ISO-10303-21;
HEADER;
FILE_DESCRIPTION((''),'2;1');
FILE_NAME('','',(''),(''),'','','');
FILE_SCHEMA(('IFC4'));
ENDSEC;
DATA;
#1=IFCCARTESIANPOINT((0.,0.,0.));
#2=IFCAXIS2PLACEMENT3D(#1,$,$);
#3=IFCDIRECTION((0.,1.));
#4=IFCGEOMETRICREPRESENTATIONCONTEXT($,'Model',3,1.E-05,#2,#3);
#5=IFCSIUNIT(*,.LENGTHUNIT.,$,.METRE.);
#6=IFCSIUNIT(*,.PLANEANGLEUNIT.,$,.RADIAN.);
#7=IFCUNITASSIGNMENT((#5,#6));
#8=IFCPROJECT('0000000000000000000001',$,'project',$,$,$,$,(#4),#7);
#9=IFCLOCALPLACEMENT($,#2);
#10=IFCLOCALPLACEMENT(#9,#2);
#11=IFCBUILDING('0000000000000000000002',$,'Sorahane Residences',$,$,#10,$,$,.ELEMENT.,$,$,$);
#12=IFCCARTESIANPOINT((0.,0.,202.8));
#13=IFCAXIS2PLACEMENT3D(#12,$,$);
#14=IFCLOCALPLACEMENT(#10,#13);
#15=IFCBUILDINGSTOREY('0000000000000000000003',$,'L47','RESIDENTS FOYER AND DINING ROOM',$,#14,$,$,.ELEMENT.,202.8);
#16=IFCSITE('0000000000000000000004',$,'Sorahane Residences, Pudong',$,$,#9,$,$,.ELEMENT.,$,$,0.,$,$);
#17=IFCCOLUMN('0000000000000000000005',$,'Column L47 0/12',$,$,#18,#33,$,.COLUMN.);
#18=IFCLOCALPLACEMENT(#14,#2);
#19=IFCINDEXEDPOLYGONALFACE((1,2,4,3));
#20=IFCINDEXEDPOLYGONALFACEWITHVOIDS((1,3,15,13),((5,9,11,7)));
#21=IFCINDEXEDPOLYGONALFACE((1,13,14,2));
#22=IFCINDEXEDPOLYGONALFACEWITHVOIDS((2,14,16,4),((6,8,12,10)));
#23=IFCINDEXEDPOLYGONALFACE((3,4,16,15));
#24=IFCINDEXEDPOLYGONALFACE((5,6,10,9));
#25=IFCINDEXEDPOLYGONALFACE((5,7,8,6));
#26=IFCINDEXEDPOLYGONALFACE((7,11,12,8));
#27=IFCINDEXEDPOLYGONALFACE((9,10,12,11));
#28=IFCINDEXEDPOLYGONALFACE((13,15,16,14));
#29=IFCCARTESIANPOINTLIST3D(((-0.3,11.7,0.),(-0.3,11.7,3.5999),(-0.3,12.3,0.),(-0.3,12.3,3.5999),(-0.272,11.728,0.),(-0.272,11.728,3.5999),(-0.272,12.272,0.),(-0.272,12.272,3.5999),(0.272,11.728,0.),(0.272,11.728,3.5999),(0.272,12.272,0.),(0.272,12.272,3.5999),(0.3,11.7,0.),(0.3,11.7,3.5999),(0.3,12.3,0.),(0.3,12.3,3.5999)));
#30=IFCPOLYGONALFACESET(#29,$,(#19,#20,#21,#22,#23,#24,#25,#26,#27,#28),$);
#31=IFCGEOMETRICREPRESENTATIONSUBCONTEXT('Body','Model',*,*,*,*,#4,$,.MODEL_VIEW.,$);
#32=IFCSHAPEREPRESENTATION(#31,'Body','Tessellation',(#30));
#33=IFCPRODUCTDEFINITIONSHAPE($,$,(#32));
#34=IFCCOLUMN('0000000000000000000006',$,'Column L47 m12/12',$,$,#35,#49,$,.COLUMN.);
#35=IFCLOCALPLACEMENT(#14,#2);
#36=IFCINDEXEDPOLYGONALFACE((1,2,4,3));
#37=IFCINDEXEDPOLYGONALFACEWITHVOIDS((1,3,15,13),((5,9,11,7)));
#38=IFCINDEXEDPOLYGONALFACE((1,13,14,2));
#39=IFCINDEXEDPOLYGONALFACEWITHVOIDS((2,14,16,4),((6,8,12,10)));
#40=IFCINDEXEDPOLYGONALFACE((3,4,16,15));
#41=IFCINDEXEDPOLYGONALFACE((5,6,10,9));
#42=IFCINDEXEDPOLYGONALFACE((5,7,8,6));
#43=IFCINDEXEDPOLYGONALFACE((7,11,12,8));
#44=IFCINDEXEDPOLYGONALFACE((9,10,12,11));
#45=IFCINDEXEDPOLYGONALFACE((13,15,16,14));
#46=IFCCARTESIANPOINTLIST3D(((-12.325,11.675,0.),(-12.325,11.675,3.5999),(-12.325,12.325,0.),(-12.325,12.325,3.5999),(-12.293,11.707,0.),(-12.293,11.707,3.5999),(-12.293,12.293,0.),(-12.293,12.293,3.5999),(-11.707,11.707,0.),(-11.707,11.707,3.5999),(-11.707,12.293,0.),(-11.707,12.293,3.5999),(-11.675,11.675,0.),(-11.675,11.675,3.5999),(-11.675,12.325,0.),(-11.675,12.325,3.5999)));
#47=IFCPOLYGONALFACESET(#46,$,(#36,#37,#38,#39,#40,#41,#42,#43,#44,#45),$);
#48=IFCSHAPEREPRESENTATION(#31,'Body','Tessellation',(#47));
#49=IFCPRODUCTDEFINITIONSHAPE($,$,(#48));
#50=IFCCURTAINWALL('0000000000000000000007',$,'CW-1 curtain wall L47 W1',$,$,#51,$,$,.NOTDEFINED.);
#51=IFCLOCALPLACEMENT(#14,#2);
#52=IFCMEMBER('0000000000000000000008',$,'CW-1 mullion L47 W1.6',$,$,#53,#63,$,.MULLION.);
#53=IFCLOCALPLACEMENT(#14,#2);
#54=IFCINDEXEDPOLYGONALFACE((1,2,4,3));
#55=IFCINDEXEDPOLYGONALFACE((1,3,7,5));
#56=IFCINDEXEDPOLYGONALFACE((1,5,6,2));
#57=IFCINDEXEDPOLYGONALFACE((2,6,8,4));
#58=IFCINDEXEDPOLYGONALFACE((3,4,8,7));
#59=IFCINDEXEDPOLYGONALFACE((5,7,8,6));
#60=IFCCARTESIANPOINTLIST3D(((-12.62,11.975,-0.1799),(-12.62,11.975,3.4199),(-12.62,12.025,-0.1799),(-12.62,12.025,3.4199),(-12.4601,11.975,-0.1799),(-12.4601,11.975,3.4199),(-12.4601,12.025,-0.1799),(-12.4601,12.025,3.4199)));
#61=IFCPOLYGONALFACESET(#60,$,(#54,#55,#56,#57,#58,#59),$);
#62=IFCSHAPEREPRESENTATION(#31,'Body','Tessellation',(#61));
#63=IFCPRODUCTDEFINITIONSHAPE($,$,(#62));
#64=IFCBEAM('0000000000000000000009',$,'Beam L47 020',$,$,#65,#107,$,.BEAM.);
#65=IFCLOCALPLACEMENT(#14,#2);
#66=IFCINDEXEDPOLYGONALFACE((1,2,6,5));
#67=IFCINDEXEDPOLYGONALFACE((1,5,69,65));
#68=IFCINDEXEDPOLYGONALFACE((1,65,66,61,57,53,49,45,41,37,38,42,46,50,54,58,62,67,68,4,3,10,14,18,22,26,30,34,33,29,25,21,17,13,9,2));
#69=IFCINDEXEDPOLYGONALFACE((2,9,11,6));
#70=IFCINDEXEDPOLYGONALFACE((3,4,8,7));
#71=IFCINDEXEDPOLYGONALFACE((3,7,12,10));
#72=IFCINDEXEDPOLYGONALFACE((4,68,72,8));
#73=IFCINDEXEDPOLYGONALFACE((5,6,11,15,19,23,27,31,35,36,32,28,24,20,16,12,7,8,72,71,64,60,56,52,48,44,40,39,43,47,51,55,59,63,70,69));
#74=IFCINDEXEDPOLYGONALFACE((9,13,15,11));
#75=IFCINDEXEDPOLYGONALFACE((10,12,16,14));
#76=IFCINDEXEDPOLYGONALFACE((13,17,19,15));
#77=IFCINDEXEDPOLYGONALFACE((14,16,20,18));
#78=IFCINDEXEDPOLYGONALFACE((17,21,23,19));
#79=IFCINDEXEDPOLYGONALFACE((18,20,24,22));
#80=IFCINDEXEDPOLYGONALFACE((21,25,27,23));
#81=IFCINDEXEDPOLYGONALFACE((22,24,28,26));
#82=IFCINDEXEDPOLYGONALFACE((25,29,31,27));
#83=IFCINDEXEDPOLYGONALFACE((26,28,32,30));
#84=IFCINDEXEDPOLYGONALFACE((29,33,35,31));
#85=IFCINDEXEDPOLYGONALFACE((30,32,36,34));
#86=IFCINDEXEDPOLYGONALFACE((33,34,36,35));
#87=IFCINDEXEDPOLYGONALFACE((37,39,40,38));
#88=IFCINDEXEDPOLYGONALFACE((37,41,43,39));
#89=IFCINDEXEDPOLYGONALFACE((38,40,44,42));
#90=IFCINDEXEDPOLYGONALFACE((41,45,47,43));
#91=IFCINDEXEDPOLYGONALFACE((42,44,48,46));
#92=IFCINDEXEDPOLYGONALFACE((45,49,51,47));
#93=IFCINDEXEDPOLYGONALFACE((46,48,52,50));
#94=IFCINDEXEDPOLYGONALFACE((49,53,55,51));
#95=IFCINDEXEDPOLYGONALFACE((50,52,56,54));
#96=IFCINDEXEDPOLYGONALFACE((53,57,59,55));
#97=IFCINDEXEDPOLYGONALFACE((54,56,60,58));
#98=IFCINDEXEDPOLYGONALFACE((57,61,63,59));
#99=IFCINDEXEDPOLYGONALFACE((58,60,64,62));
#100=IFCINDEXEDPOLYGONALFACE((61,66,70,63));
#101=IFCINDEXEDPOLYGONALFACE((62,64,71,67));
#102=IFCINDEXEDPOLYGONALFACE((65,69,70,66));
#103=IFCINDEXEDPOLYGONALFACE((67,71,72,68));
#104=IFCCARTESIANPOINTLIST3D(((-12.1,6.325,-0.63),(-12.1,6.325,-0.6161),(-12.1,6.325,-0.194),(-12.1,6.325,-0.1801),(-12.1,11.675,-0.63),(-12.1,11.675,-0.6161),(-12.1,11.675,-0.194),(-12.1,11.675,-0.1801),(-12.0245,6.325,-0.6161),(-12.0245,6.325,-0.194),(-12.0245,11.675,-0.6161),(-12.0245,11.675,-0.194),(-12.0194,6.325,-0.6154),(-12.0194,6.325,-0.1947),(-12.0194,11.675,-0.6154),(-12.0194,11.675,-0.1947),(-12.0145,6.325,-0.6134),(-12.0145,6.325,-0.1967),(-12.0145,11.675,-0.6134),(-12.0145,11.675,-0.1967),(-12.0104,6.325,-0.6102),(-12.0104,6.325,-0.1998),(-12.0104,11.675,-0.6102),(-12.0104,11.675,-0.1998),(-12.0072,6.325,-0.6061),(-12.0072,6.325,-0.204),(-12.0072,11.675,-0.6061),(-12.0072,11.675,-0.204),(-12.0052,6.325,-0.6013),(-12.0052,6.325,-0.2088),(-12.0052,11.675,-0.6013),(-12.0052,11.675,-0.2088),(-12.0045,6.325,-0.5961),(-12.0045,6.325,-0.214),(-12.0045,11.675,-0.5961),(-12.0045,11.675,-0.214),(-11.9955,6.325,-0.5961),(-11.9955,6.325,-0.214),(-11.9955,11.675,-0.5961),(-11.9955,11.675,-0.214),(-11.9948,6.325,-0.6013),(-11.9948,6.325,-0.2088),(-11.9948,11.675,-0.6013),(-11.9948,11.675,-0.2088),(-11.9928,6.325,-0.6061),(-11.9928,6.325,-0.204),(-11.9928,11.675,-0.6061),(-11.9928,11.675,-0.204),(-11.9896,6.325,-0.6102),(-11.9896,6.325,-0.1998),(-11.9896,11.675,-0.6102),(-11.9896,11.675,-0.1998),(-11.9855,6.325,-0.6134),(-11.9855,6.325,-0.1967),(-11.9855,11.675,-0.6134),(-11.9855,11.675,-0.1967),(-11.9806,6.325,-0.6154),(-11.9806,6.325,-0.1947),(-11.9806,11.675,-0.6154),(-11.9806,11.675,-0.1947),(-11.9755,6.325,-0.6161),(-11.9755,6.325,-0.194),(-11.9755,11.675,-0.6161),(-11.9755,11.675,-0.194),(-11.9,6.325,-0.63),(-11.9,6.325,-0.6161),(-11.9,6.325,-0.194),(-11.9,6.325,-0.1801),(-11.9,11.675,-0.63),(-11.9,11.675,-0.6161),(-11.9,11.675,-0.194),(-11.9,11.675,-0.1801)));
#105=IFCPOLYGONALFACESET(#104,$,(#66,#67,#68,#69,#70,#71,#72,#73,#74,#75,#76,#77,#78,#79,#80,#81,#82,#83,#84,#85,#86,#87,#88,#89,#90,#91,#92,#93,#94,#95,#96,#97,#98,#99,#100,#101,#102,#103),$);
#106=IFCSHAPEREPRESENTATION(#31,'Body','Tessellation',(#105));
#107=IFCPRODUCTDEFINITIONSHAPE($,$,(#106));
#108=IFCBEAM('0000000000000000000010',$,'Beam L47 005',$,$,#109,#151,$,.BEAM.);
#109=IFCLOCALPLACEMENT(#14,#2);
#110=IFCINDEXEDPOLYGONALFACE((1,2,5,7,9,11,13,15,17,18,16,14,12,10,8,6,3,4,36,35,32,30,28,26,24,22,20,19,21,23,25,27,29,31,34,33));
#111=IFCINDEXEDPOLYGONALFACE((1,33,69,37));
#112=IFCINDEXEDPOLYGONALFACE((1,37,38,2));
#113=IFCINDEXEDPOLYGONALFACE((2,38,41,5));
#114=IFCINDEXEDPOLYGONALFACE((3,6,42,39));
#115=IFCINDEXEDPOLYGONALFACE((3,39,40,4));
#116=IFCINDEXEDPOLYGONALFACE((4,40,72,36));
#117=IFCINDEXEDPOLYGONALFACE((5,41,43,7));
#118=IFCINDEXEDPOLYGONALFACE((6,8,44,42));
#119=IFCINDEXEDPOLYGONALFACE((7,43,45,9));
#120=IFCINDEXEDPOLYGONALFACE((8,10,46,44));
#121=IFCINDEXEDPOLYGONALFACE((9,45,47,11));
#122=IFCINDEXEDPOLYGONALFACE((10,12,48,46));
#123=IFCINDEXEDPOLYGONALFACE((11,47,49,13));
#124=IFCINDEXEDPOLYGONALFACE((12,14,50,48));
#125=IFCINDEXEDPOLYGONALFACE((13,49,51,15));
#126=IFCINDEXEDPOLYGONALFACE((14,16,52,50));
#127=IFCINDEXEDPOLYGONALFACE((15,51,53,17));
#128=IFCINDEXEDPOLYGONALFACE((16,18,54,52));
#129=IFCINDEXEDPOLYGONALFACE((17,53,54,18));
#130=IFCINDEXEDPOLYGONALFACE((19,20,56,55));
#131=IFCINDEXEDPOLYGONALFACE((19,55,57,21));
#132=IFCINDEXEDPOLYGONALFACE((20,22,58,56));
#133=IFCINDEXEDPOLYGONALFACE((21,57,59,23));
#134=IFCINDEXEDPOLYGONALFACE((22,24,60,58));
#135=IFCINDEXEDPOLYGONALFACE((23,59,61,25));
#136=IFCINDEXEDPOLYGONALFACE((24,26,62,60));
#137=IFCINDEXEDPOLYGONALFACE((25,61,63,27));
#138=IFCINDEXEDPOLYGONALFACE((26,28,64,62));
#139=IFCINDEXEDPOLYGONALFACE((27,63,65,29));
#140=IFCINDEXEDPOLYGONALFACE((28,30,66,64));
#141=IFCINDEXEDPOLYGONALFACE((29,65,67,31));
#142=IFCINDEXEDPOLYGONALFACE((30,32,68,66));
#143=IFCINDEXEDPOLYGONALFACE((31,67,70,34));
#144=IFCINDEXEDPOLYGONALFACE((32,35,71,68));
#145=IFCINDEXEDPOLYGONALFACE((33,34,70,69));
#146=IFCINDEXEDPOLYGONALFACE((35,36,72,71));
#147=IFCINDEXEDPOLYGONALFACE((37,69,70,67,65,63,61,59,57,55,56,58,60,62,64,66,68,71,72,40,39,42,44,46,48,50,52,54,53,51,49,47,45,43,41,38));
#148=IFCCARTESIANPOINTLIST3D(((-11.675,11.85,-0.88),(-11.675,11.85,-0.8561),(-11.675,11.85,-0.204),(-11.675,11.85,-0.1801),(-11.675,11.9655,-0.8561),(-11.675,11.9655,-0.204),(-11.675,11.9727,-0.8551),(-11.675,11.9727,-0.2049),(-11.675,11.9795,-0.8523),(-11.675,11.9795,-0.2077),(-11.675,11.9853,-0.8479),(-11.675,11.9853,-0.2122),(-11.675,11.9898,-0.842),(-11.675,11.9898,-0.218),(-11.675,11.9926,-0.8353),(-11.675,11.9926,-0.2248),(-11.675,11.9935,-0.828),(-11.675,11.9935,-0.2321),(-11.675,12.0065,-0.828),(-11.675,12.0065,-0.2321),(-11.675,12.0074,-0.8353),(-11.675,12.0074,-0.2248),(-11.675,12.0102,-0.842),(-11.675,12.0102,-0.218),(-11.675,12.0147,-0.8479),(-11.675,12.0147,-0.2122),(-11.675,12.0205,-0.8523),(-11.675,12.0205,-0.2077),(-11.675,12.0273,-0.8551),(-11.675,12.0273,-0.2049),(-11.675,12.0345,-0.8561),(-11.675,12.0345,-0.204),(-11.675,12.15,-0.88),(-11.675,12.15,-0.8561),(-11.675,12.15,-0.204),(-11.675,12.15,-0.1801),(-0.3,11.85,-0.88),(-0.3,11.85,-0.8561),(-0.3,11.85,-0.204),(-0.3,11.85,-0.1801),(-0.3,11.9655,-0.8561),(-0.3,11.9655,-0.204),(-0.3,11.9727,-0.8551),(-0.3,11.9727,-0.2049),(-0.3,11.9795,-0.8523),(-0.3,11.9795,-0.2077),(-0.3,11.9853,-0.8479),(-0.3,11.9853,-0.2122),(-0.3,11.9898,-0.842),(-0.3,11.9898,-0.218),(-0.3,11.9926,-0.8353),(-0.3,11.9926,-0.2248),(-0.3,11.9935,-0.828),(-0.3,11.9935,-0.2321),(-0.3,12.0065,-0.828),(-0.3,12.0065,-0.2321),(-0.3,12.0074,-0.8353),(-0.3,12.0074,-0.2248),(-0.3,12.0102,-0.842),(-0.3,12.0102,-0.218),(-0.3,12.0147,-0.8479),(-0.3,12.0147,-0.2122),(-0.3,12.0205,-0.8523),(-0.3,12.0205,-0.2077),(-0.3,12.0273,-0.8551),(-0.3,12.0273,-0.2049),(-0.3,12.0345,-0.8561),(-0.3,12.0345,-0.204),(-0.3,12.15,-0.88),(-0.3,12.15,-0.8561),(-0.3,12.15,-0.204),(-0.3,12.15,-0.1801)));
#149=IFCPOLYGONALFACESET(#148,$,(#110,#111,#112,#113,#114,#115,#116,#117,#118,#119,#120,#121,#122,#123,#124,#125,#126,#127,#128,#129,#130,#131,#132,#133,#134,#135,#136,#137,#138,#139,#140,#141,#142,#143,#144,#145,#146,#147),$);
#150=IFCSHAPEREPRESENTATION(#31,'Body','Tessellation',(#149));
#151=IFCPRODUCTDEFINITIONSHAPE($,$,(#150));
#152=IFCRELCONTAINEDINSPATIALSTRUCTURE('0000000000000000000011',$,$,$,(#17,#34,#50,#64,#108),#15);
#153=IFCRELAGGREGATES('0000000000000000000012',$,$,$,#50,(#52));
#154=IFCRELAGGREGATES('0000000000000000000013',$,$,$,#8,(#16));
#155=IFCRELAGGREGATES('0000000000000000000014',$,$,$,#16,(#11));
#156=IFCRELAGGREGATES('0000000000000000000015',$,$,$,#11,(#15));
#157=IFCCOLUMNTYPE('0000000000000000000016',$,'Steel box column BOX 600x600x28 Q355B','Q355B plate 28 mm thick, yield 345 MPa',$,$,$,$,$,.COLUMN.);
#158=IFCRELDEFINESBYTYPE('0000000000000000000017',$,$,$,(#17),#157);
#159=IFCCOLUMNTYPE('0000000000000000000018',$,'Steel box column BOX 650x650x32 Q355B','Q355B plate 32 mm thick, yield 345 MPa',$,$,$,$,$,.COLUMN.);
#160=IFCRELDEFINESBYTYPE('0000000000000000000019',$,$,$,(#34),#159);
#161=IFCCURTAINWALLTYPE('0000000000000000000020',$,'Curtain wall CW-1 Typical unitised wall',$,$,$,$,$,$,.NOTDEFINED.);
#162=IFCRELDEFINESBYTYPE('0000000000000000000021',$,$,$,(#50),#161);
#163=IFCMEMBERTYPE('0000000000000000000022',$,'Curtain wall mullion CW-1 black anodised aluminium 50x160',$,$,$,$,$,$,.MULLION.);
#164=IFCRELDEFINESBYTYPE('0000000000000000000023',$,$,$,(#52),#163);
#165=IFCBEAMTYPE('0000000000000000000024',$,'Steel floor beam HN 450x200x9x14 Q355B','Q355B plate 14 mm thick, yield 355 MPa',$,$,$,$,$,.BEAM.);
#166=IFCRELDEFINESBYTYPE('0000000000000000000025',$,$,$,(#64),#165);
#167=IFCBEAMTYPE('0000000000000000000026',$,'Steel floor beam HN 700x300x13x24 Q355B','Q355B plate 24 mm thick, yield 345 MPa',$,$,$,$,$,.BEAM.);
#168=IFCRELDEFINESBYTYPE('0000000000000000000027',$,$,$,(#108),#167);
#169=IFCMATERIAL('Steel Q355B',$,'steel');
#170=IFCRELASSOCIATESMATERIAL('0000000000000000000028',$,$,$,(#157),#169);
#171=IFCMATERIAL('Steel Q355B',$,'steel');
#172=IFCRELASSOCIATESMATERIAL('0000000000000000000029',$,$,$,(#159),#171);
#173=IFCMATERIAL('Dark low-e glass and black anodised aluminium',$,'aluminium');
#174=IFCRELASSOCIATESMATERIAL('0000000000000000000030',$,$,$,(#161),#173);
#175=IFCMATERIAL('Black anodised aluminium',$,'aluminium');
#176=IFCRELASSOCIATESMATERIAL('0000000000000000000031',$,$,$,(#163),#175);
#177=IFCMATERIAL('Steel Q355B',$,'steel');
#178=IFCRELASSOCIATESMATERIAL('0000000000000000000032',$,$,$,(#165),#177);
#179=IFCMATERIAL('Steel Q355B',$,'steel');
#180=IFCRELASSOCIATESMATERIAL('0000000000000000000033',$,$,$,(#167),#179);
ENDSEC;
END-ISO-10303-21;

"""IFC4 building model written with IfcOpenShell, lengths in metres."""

from ifc_helpers import new_model, si_unit, direction, frame, origin, origin_2d, place, context, subcontext, project, spatial, rectangle, hollow_rectangle, i_section, extrude, material, material_profile, profile_set, type_object, element, aggregate, save


model = new_model("IFC4")

# Units and contexts
model_context = context("Model", 3, precision=1e-05, world=origin(), true_north=direction((0.0, 1.0)))
body_context = subcontext(model_context, "Body", "Model", "MODEL_VIEW")
ifc_project = project(units=[si_unit("LENGTHUNIT", "METRE"), si_unit("PLANEANGLEUNIT", "RADIAN")], contexts=[model_context])

# Site, building, storey
site_placement = place(None, origin())
site = spatial("IfcSite", under=ifc_project, at=site_placement, Name="Sorahane Residences, Pudong", CompositionType="ELEMENT", RefElevation=0.0)
building_placement = place(site_placement, origin())
building = spatial("IfcBuilding", under=site, at=building_placement, Name="Sorahane Residences", CompositionType="ELEMENT")
storey_placement = place(building_placement, frame((0.0, 0.0, 202.8)))
storey = spatial("IfcBuildingStorey", under=building, at=storey_placement, Name="L47", Description="RESIDENTS FOYER AND DINING ROOM", CompositionType="ELEMENT", Elevation=202.8)

# Columns
ifc_material_1 = material(Name="Steel Q355B", Category="steel")
ifc_material_profile_1 = material_profile(ifc_material_1, hollow_rectangle(XDim=0.6001, YDim=0.6001, WallThickness=0.0281, at=origin_2d()), Name="BOX 600x600x28")
ifc_profile_set_1 = profile_set([ifc_material_profile_1], Name="Steel Q355B")
column_type_1 = type_object("IfcColumnType", Name="Steel box column BOX 600x600x28 Q355B", Description="Q355B plate 28 mm thick, yield 345 MPa", PredefinedType="COLUMN", material=ifc_profile_set_1)
column_1_placement = place(storey_placement, frame((0.0, 12.0, 0.0), z_axis=(0.0, 0.0, 1.0), x_axis=(1.0, 0.0, 0.0)))
element("IfcColumn", 1, at=column_1_placement, inside=storey, type_object=column_type_1, Name="Column L47 0/12", PredefinedType="COLUMN", context=body_context, shape_type="SweptSolid", body=[
    extrude(hollow_rectangle(XDim=0.6001, YDim=0.6001, WallThickness=0.0281, at=origin_2d()), origin(), (0.0, 0.0, 1.0), 3.5999),
])
ifc_material_2 = material(Name="Steel Q355B", Category="steel")
ifc_material_profile_2 = material_profile(ifc_material_2, hollow_rectangle(XDim=0.6499, YDim=0.6499, WallThickness=0.032, at=origin_2d()), Name="BOX 650x650x32")
ifc_profile_set_2 = profile_set([ifc_material_profile_2], Name="Steel Q355B")
column_type_2 = type_object("IfcColumnType", Name="Steel box column BOX 650x650x32 Q355B", Description="Q355B plate 32 mm thick, yield 345 MPa", PredefinedType="COLUMN", material=ifc_profile_set_2)
column_2_placement = place(storey_placement, frame((-12.0, 12.0, 0.0), z_axis=(0.0, 0.0, 1.0), x_axis=(1.0, 0.0, 0.0)))
element("IfcColumn", 2, at=column_2_placement, inside=storey, type_object=column_type_2, Name="Column L47 m12/12", PredefinedType="COLUMN", context=body_context, shape_type="SweptSolid", body=[
    extrude(hollow_rectangle(XDim=0.6499, YDim=0.6499, WallThickness=0.032, at=origin_2d()), origin(), (0.0, 0.0, 1.0), 3.5999),
])

# Curtain wall, member
ifc_material_3 = material(Name="Dark low-e glass and black anodised aluminium", Category="aluminium")
curtain_wall_type = type_object("IfcCurtainWallType", Name="Curtain wall CW-1 Typical unitised wall", PredefinedType="NOTDEFINED", material=ifc_material_3)
curtain_wall_placement = place(storey_placement, origin())
curtain_wall = element("IfcCurtainWall", 3, at=curtain_wall_placement, inside=storey, type_object=curtain_wall_type, Name="CW-1 curtain wall L47 W1", PredefinedType="NOTDEFINED")
ifc_material_4 = material(Name="Black anodised aluminium", Category="aluminium")
ifc_material_profile_3 = material_profile(ifc_material_4, rectangle(XDim=0.1599, YDim=0.05, at=origin_2d()), Name="Curtain wall mullion CW-1 black anodised aluminium 50x160")
ifc_profile_set_3 = profile_set([ifc_material_profile_3], Name="Black anodised aluminium")
member_type = type_object("IfcMemberType", Name="Curtain wall mullion CW-1 black anodised aluminium 50x160", PredefinedType="MULLION", material=ifc_profile_set_3)
member_placement = place(storey_placement, frame((-12.54, 12.0, -0.1799), z_axis=(0.0, 0.0, 1.0), x_axis=(-1.0, 0.0, 0.0)))
member = element("IfcMember", 4, at=member_placement, type_object=member_type, Name="CW-1 mullion L47 W1.6", PredefinedType="MULLION", context=body_context, shape_type="SweptSolid", body=[
    extrude(rectangle(XDim=0.1599, YDim=0.05, at=origin_2d()), origin(), (0.0, 0.0, 1.0), 3.5999),
])

# Beams
ifc_material_5 = material(Name="Steel Q355B", Category="steel")
ifc_material_profile_4 = material_profile(ifc_material_5, i_section(OverallWidth=0.2, OverallDepth=0.45, WebThickness=0.009, FlangeThickness=0.0139, FilletRadius=0.02, at=origin_2d()), Name="HN 450x200x9x14")
ifc_profile_set_4 = profile_set([ifc_material_profile_4], Name="Steel Q355B")
beam_type_1 = type_object("IfcBeamType", Name="Steel floor beam HN 450x200x9x14 Q355B", Description="Q355B plate 14 mm thick, yield 355 MPa", PredefinedType="BEAM", material=ifc_profile_set_4)
beam_1_placement = place(storey_placement, frame((-12.0, 6.325, -0.405), z_axis=(0.0, 1.0, 0.0), x_axis=(-1.0, 0.0, 0.0)))
element("IfcBeam", 5, at=beam_1_placement, inside=storey, type_object=beam_type_1, Name="Beam L47 020", PredefinedType="BEAM", context=body_context, shape_type="SweptSolid", body=[
    extrude(i_section(OverallWidth=0.2, OverallDepth=0.45, WebThickness=0.009, FlangeThickness=0.0139, FilletRadius=0.02, at=origin_2d()), origin(), (0.0, 0.0, 1.0), 5.3501),
])
ifc_material_6 = material(Name="Steel Q355B", Category="steel")
ifc_material_profile_5 = material_profile(ifc_material_6, i_section(OverallWidth=0.3, OverallDepth=0.7, WebThickness=0.0129, FlangeThickness=0.0239, FilletRadius=0.0281, at=origin_2d()), Name="HN 700x300x13x24")
ifc_profile_set_5 = profile_set([ifc_material_profile_5], Name="Steel Q355B")
beam_type_2 = type_object("IfcBeamType", Name="Steel floor beam HN 700x300x13x24 Q355B", Description="Q355B plate 24 mm thick, yield 345 MPa", PredefinedType="BEAM", material=ifc_profile_set_5)
beam_2_placement = place(storey_placement, frame((-11.675, 12.0, -0.53), z_axis=(1.0, 0.0, 0.0), x_axis=(0.0, 1.0, 0.0)))
element("IfcBeam", 6, at=beam_2_placement, inside=storey, type_object=beam_type_2, Name="Beam L47 005", PredefinedType="BEAM", context=body_context, shape_type="SweptSolid", body=[
    extrude(i_section(OverallWidth=0.3, OverallDepth=0.7, WebThickness=0.0129, FlangeThickness=0.0239, FilletRadius=0.0281, at=origin_2d()), origin(), (0.0, 0.0, 1.0), 11.375),
])

aggregate(curtain_wall, [member])

save(model, "model.ifc")
